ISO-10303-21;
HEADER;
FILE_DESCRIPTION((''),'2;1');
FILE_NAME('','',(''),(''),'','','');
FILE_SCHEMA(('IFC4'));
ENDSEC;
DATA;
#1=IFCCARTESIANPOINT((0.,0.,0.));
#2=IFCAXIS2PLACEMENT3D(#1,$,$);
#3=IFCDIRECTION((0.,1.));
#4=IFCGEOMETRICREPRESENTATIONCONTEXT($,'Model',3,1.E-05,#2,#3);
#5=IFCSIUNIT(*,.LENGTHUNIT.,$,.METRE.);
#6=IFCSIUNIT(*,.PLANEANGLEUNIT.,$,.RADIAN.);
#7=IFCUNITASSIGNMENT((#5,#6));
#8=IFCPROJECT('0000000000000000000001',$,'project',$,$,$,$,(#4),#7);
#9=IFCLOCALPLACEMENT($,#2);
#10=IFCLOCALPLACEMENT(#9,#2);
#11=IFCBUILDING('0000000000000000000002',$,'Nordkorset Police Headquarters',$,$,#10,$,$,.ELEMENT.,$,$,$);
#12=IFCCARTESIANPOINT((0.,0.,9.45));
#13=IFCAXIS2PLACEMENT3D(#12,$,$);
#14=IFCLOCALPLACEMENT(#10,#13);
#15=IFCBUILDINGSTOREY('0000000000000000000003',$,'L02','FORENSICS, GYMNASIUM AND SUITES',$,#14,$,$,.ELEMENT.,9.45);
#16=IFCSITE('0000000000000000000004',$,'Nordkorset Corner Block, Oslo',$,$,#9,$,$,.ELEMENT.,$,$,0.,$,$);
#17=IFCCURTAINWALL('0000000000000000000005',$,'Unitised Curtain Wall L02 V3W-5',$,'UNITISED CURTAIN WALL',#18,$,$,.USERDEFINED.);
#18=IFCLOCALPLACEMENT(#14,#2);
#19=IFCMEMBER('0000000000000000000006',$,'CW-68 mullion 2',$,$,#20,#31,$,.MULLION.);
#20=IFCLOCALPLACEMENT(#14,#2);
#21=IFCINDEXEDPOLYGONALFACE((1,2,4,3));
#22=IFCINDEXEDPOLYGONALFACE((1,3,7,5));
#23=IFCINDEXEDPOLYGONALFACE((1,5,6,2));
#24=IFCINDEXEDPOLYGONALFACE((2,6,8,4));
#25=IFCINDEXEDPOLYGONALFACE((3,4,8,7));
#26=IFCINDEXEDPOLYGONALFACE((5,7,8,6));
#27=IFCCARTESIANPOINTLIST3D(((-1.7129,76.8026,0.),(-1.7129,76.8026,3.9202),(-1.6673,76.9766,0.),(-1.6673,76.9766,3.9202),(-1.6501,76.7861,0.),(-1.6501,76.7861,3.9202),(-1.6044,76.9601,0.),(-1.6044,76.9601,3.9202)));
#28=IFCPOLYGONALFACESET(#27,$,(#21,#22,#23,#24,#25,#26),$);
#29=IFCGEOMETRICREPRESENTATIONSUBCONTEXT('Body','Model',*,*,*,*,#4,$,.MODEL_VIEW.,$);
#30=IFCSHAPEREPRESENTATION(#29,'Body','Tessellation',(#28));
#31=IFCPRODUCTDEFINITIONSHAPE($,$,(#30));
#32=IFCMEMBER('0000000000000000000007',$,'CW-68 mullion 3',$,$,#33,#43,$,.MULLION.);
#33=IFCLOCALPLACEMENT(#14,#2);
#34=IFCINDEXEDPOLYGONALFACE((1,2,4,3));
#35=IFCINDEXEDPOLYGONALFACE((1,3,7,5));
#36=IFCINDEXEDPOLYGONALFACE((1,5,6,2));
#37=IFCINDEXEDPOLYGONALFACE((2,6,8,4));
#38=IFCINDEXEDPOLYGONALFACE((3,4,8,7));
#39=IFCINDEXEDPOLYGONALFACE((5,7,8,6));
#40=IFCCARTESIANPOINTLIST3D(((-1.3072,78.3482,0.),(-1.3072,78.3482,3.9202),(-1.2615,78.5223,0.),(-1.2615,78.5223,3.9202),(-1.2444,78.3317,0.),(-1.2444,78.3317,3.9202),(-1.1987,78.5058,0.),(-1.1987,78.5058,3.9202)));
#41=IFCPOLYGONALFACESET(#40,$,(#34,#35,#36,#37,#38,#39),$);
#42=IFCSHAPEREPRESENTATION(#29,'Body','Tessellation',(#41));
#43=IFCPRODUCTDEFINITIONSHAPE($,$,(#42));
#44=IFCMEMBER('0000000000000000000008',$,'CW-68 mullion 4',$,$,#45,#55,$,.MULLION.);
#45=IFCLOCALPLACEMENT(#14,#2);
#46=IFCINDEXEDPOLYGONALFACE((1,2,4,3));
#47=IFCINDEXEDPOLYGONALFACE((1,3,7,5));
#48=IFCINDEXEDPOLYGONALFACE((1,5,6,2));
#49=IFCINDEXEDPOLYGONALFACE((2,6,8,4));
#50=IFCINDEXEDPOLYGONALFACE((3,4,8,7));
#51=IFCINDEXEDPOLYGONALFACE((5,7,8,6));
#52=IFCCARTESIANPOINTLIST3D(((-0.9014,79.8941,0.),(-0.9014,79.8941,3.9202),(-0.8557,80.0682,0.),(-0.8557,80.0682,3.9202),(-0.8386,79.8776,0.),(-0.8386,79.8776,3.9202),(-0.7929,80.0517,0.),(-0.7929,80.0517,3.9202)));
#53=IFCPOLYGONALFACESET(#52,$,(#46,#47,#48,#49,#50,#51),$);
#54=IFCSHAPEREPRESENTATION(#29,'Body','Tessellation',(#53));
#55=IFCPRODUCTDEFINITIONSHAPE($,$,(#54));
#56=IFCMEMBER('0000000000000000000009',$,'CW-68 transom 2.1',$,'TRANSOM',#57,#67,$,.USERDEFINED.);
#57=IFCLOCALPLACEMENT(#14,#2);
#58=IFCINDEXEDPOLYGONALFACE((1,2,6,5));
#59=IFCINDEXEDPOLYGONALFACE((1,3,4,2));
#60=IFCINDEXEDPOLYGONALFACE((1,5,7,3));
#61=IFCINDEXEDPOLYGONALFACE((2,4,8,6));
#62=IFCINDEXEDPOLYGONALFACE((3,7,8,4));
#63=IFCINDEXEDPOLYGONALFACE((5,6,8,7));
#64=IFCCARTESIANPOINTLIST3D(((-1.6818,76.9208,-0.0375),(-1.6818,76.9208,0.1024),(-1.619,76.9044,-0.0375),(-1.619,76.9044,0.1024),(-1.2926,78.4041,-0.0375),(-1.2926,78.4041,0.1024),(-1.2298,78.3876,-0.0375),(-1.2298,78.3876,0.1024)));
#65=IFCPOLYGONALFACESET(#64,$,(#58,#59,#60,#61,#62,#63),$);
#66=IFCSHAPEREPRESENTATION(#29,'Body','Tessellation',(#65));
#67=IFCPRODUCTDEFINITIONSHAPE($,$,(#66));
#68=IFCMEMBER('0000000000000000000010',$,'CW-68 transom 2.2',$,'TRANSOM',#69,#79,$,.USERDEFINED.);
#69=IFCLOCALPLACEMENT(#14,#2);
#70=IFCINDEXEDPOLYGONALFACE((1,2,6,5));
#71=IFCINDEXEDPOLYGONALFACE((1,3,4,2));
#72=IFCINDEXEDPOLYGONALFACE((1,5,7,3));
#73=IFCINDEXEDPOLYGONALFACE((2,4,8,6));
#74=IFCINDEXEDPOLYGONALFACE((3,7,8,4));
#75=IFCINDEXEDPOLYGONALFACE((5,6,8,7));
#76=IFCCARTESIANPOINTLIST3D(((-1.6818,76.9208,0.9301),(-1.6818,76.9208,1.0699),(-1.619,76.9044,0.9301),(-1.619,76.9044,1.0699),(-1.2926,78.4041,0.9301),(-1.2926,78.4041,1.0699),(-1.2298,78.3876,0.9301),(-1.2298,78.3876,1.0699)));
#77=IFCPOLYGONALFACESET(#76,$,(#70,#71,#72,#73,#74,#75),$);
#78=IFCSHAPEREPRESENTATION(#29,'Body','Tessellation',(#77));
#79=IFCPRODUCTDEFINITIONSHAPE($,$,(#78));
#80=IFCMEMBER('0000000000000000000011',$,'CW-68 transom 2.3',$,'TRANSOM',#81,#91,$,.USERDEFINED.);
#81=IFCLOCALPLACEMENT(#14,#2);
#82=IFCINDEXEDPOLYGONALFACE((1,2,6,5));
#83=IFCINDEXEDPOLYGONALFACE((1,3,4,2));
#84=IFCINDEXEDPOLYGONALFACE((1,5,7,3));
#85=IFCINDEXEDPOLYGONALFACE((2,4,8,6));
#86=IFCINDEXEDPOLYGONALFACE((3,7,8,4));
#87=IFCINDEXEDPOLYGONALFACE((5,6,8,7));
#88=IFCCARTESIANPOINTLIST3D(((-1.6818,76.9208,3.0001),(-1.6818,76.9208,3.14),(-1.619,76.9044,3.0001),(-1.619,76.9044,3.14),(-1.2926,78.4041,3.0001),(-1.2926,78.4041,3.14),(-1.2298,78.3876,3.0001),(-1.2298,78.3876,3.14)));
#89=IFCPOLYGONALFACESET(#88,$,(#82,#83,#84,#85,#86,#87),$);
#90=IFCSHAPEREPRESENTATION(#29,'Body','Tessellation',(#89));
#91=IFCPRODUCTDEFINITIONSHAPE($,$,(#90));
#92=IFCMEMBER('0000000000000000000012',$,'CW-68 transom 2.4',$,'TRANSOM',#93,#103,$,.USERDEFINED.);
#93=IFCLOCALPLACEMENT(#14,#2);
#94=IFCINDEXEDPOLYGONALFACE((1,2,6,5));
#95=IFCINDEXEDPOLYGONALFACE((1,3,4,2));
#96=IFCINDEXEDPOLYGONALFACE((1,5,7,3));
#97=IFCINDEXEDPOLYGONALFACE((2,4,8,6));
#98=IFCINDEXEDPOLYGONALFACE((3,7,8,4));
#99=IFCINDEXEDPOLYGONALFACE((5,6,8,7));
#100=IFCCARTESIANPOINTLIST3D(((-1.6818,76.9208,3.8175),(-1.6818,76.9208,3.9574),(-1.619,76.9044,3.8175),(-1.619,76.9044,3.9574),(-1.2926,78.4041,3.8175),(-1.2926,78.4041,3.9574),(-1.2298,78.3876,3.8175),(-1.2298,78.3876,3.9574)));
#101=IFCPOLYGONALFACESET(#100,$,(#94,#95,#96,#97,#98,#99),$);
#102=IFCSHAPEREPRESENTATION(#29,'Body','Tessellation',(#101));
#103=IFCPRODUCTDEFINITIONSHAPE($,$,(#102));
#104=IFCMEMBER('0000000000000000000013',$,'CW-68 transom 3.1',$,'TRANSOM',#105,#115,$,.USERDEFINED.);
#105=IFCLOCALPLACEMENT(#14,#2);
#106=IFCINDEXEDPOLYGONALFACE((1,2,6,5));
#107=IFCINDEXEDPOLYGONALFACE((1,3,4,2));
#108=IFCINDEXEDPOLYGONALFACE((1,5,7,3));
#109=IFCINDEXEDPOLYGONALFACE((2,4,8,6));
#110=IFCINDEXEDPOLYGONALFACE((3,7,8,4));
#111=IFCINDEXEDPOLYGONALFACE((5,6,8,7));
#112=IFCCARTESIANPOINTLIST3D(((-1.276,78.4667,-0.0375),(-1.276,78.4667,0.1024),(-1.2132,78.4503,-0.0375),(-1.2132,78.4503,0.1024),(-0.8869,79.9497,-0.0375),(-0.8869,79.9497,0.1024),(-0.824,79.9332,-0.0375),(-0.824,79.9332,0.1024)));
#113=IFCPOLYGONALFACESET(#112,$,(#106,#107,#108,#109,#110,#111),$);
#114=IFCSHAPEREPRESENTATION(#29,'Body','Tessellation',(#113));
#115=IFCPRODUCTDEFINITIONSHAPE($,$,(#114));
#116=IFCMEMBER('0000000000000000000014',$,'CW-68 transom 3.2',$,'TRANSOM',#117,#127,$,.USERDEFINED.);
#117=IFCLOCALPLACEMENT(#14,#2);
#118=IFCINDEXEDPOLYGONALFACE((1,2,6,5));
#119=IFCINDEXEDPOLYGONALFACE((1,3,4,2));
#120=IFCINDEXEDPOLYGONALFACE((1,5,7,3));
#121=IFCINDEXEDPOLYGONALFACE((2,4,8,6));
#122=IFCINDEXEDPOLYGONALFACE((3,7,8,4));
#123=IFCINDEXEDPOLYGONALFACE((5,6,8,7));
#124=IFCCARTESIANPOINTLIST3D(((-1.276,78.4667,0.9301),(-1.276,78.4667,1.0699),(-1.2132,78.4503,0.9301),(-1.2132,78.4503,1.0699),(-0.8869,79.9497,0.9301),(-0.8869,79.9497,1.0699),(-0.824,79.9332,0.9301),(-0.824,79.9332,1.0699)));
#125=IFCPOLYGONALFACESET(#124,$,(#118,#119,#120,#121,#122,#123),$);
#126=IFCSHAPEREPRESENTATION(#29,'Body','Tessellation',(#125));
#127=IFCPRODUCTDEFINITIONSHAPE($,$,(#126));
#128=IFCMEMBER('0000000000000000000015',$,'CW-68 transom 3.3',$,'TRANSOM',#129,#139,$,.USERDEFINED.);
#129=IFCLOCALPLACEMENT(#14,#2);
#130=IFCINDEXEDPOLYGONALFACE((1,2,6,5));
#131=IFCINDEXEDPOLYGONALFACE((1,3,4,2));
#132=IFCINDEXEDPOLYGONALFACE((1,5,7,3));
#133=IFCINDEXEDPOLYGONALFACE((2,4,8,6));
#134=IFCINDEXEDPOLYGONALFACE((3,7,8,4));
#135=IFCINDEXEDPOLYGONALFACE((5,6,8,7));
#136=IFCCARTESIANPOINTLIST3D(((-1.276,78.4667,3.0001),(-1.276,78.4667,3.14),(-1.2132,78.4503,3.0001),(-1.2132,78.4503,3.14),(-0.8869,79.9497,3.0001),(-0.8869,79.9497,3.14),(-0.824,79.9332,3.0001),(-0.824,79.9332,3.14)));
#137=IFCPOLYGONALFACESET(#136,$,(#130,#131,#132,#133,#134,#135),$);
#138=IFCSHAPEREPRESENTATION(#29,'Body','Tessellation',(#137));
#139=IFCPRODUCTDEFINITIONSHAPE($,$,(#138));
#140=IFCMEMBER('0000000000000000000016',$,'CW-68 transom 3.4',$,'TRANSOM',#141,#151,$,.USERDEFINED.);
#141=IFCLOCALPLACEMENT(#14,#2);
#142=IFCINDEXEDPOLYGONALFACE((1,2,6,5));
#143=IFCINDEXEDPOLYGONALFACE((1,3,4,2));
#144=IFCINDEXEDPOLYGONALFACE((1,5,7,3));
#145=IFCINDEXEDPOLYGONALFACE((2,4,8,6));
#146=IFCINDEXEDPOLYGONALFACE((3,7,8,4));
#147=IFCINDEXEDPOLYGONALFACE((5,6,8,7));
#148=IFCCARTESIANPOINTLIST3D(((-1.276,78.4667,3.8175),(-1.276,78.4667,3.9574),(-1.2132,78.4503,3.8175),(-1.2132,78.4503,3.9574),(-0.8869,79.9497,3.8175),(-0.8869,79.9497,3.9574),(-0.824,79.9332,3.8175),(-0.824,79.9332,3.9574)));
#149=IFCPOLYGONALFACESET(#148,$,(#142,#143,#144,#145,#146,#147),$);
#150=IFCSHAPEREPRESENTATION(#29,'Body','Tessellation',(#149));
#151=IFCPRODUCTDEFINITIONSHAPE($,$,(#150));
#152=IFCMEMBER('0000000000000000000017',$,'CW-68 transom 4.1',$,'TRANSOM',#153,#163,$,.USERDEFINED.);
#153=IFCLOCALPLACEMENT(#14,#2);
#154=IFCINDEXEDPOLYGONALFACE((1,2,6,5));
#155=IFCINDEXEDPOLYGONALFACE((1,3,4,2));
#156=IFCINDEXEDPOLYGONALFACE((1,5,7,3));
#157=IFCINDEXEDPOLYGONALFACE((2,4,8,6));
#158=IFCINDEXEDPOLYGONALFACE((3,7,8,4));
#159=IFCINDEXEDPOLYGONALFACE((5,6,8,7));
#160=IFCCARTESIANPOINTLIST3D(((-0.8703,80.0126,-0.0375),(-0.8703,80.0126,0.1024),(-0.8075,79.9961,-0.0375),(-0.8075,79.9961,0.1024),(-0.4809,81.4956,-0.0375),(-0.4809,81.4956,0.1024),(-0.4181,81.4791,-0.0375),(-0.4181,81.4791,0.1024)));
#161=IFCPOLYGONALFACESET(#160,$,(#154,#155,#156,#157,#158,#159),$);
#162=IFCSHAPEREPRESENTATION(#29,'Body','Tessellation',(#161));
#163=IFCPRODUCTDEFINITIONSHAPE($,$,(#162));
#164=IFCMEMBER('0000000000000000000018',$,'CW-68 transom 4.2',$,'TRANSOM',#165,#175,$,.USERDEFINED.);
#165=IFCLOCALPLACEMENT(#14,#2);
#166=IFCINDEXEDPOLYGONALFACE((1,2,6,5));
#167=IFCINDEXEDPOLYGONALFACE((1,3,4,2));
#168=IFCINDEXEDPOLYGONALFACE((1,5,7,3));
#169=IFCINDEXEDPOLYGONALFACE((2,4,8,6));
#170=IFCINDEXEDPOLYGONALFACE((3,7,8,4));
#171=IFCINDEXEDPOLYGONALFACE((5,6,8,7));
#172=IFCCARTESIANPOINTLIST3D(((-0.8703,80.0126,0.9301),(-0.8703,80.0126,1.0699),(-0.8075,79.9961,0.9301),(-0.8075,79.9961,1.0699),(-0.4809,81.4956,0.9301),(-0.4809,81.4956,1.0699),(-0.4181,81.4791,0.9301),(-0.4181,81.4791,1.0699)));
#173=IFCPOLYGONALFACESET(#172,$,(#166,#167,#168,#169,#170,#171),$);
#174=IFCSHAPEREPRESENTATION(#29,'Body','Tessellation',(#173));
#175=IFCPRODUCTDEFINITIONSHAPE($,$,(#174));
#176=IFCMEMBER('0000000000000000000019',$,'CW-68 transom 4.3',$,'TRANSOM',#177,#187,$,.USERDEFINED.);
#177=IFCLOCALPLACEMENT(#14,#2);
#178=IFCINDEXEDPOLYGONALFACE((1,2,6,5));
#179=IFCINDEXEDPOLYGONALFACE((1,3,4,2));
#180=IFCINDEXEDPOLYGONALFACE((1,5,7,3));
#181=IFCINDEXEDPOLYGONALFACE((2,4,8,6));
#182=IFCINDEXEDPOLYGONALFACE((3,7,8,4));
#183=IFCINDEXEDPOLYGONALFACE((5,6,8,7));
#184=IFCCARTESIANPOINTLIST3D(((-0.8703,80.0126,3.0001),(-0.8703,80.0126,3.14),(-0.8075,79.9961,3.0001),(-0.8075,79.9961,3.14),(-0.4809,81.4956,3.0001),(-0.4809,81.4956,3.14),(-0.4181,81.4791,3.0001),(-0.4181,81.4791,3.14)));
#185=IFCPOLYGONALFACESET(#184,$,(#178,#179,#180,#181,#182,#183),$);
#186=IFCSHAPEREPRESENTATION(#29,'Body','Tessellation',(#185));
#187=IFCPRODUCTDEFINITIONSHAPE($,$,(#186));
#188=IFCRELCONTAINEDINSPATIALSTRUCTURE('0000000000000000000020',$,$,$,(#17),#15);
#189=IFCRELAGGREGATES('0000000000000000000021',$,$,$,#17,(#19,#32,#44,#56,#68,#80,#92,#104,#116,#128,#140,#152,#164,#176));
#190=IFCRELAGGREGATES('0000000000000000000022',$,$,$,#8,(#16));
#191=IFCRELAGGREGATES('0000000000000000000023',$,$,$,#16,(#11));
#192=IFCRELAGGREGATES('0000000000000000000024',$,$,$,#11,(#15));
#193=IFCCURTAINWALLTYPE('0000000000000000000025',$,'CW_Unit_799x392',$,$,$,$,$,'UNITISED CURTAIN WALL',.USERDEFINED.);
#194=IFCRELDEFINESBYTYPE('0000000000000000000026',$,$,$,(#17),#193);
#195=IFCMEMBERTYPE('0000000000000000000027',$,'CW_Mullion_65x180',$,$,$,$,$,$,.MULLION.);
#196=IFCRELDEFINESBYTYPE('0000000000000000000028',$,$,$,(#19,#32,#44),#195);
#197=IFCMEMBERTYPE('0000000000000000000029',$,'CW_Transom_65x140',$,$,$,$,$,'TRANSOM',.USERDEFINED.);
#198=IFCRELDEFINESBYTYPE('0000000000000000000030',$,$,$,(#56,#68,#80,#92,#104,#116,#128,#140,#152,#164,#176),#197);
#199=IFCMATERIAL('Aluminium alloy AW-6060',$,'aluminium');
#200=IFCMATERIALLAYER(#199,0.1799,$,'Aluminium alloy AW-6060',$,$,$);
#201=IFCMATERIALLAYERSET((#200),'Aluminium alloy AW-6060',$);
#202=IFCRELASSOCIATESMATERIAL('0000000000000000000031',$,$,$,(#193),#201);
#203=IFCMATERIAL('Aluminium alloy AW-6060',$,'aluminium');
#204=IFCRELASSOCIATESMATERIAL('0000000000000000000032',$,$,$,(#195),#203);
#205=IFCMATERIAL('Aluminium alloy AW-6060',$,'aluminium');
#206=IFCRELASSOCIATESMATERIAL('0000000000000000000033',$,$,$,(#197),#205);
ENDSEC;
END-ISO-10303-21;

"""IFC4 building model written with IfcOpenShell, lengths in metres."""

from ifc_helpers import new_model, si_unit, direction, frame, origin, origin_2d, place, context, subcontext, project, spatial, rectangle, extrude, material, layer, layer_set, material_profile, profile_set, type_object, element, aggregate, save


model = new_model("IFC4")

# Units and contexts
model_context = context("Model", 3, precision=1e-05, world=origin(), true_north=direction((0.0, 1.0)))
body_context = subcontext(model_context, "Body", "Model", "MODEL_VIEW")
ifc_project = project(units=[si_unit("LENGTHUNIT", "METRE"), si_unit("PLANEANGLEUNIT", "RADIAN")], contexts=[model_context])

# Site, building, storey
site_placement = place(None, origin())
site = spatial("IfcSite", under=ifc_project, at=site_placement, Name="Nordkorset Corner Block, Oslo", CompositionType="ELEMENT", RefElevation=0.0)
building_placement = place(site_placement, origin())
building = spatial("IfcBuilding", under=site, at=building_placement, Name="Nordkorset Police Headquarters", CompositionType="ELEMENT")
storey_placement = place(building_placement, frame((0.0, 0.0, 9.45)))
storey = spatial("IfcBuildingStorey", under=building, at=storey_placement, Name="L02", Description="FORENSICS, GYMNASIUM AND SUITES", CompositionType="ELEMENT", Elevation=9.45)

# Curtain wall, members
ifc_material_1 = material(Name="Aluminium alloy AW-6060", Category="aluminium")
ifc_layer_1 = layer(ifc_material_1, 0.1799, Name="Aluminium alloy AW-6060")
ifc_layer_set_1 = layer_set([ifc_layer_1], Name="Aluminium alloy AW-6060")
curtain_wall_type = type_object("IfcCurtainWallType", Name="CW_Unit_799x392", ElementType="UNITISED CURTAIN WALL", PredefinedType="USERDEFINED", material=ifc_layer_set_1)
curtain_wall_placement = place(storey_placement, origin())
curtain_wall = element("IfcCurtainWall", 1, at=curtain_wall_placement, inside=storey, type_object=curtain_wall_type, Name="Unitised Curtain Wall L02 V3W-5", ObjectType="UNITISED CURTAIN WALL", PredefinedType="USERDEFINED")
ifc_material_2 = material(Name="Aluminium alloy AW-6060", Category="aluminium")
ifc_material_profile_1 = material_profile(ifc_material_2, rectangle(XDim=0.0649, YDim=0.1799, at=origin_2d()), Name="ALU MULL 65x180")
ifc_profile_set_1 = profile_set([ifc_material_profile_1], Name="Aluminium alloy AW-6060")
member_type_1 = type_object("IfcMemberType", Name="CW_Mullion_65x180", PredefinedType="MULLION", material=ifc_profile_set_1)
member_1_placement = place(storey_placement, frame((-1.6587, 76.8813, 0.0), z_axis=(0.0, 0.0, 1.0), x_axis=(-0.967231, 0.253897, 0.0)))
member_1 = element("IfcMember", 2, at=member_1_placement, type_object=member_type_1, Name="CW-68 mullion 2", PredefinedType="MULLION", context=body_context, shape_type="SweptSolid", body=[
    extrude(rectangle(XDim=0.0649, YDim=0.1799, at=origin_2d()), origin(), (0.0, 0.0, 1.0), 3.9202),
])
member_2_placement = place(storey_placement, frame((-1.2529, 78.427, 0.0), z_axis=(0.0, 0.0, 1.0), x_axis=(-0.967231, 0.253897, 0.0)))
member_2 = element("IfcMember", 3, at=member_2_placement, type_object=member_type_1, Name="CW-68 mullion 3", PredefinedType="MULLION", context=body_context, shape_type="SweptSolid", body=[
    extrude(rectangle(XDim=0.0649, YDim=0.1799, at=origin_2d()), origin(), (0.0, 0.0, 1.0), 3.9202),
])
member_3_placement = place(storey_placement, frame((-0.8472, 79.9729, 0.0), z_axis=(0.0, 0.0, 1.0), x_axis=(-0.967231, 0.253897, 0.0)))
member_3 = element("IfcMember", 4, at=member_3_placement, type_object=member_type_1, Name="CW-68 mullion 4", PredefinedType="MULLION", context=body_context, shape_type="SweptSolid", body=[
    extrude(rectangle(XDim=0.0649, YDim=0.1799, at=origin_2d()), origin(), (0.0, 0.0, 1.0), 3.9202),
])
ifc_material_3 = material(Name="Aluminium alloy AW-6060", Category="aluminium")
ifc_material_profile_2 = material_profile(ifc_material_3, rectangle(XDim=0.0649, YDim=0.1399, at=origin_2d()), Name="ALU TRAN 65x140")
ifc_profile_set_2 = profile_set([ifc_material_profile_2], Name="Aluminium alloy AW-6060")
member_type_2 = type_object("IfcMemberType", Name="CW_Transom_65x140", ElementType="TRANSOM", PredefinedType="USERDEFINED", material=ifc_profile_set_2)
member_4_placement = place(storey_placement, frame((-1.6504, 76.9126, 0.0325), z_axis=(0.253796, 0.967258, 0.0), x_axis=(-0.967258, 0.253796, 0.0)))
member_4 = element("IfcMember", 5, at=member_4_placement, type_object=member_type_2, Name="CW-68 transom 2.1", ObjectType="TRANSOM", PredefinedType="USERDEFINED", context=body_context, shape_type="SweptSolid", body=[
    extrude(rectangle(XDim=0.0649, YDim=0.1399, at=origin_2d()), origin(), (0.0, 0.0, 1.0), 1.5334),
])
member_5_placement = place(storey_placement, frame((-1.6504, 76.9126, 1.0), z_axis=(0.253796, 0.967258, 0.0), x_axis=(-0.967258, 0.253796, 0.0)))
member_5 = element("IfcMember", 6, at=member_5_placement, type_object=member_type_2, Name="CW-68 transom 2.2", ObjectType="TRANSOM", PredefinedType="USERDEFINED", context=body_context, shape_type="SweptSolid", body=[
    extrude(rectangle(XDim=0.0649, YDim=0.1399, at=origin_2d()), origin(), (0.0, 0.0, 1.0), 1.5334),
])
member_6_placement = place(storey_placement, frame((-1.6504, 76.9126, 3.0701), z_axis=(0.253796, 0.967258, 0.0), x_axis=(-0.967258, 0.253796, 0.0)))
member_6 = element("IfcMember", 7, at=member_6_placement, type_object=member_type_2, Name="CW-68 transom 2.3", ObjectType="TRANSOM", PredefinedType="USERDEFINED", context=body_context, shape_type="SweptSolid", body=[
    extrude(rectangle(XDim=0.0649, YDim=0.1399, at=origin_2d()), origin(), (0.0, 0.0, 1.0), 1.5334),
])
member_7_placement = place(storey_placement, frame((-1.6504, 76.9126, 3.8875), z_axis=(0.253796, 0.967258, 0.0), x_axis=(-0.967258, 0.253796, 0.0)))
member_7 = element("IfcMember", 8, at=member_7_placement, type_object=member_type_2, Name="CW-68 transom 2.4", ObjectType="TRANSOM", PredefinedType="USERDEFINED", context=body_context, shape_type="SweptSolid", body=[
    extrude(rectangle(XDim=0.0649, YDim=0.1399, at=origin_2d()), origin(), (0.0, 0.0, 1.0), 1.5334),
])
member_8_placement = place(storey_placement, frame((-1.2446, 78.4585, 0.0325), z_axis=(0.253835, 0.967248, 0.0), x_axis=(-0.967248, 0.253835, 0.0)))
member_8 = element("IfcMember", 9, at=member_8_placement, type_object=member_type_2, Name="CW-68 transom 3.1", ObjectType="TRANSOM", PredefinedType="USERDEFINED", context=body_context, shape_type="SweptSolid", body=[
    extrude(rectangle(XDim=0.0649, YDim=0.1399, at=origin_2d()), origin(), (0.0, 0.0, 1.0), 1.5332),
])
member_9_placement = place(storey_placement, frame((-1.2446, 78.4585, 1.0), z_axis=(0.253835, 0.967248, 0.0), x_axis=(-0.967248, 0.253835, 0.0)))
member_9 = element("IfcMember", 10, at=member_9_placement, type_object=member_type_2, Name="CW-68 transom 3.2", ObjectType="TRANSOM", PredefinedType="USERDEFINED", context=body_context, shape_type="SweptSolid", body=[
    extrude(rectangle(XDim=0.0649, YDim=0.1399, at=origin_2d()), origin(), (0.0, 0.0, 1.0), 1.5332),
])
member_10_placement = place(storey_placement, frame((-1.2446, 78.4585, 3.0701), z_axis=(0.253835, 0.967248, 0.0), x_axis=(-0.967248, 0.253835, 0.0)))
member_10 = element("IfcMember", 11, at=member_10_placement, type_object=member_type_2, Name="CW-68 transom 3.3", ObjectType="TRANSOM", PredefinedType="USERDEFINED", context=body_context, shape_type="SweptSolid", body=[
    extrude(rectangle(XDim=0.0649, YDim=0.1399, at=origin_2d()), origin(), (0.0, 0.0, 1.0), 1.5332),
])
member_11_placement = place(storey_placement, frame((-1.2446, 78.4585, 3.8875), z_axis=(0.253835, 0.967248, 0.0), x_axis=(-0.967248, 0.253835, 0.0)))
member_11 = element("IfcMember", 12, at=member_11_placement, type_object=member_type_2, Name="CW-68 transom 3.4", ObjectType="TRANSOM", PredefinedType="USERDEFINED", context=body_context, shape_type="SweptSolid", body=[
    extrude(rectangle(XDim=0.0649, YDim=0.1399, at=origin_2d()), origin(), (0.0, 0.0, 1.0), 1.5332),
])
member_12_placement = place(storey_placement, frame((-0.8389, 80.0044, 0.0325), z_axis=(0.253984, 0.967208, 0.0), x_axis=(-0.967208, 0.253984, 0.0)))
member_12 = element("IfcMember", 13, at=member_12_placement, type_object=member_type_2, Name="CW-68 transom 4.1", ObjectType="TRANSOM", PredefinedType="USERDEFINED", context=body_context, shape_type="SweptSolid", body=[
    extrude(rectangle(XDim=0.0649, YDim=0.1399, at=origin_2d()), origin(), (0.0, 0.0, 1.0), 1.5332),
])
member_13_placement = place(storey_placement, frame((-0.8389, 80.0044, 1.0), z_axis=(0.253984, 0.967208, 0.0), x_axis=(-0.967208, 0.253984, 0.0)))
member_13 = element("IfcMember", 14, at=member_13_placement, type_object=member_type_2, Name="CW-68 transom 4.2", ObjectType="TRANSOM", PredefinedType="USERDEFINED", context=body_context, shape_type="SweptSolid", body=[
    extrude(rectangle(XDim=0.0649, YDim=0.1399, at=origin_2d()), origin(), (0.0, 0.0, 1.0), 1.5332),
])
member_14_placement = place(storey_placement, frame((-0.8389, 80.0044, 3.0701), z_axis=(0.253984, 0.967208, 0.0), x_axis=(-0.967208, 0.253984, 0.0)))
member_14 = element("IfcMember", 15, at=member_14_placement, type_object=member_type_2, Name="CW-68 transom 4.3", ObjectType="TRANSOM", PredefinedType="USERDEFINED", context=body_context, shape_type="SweptSolid", body=[
    extrude(rectangle(XDim=0.0649, YDim=0.1399, at=origin_2d()), origin(), (0.0, 0.0, 1.0), 1.5332),
])
aggregate(curtain_wall, [member_1, member_2, member_3, member_4, member_5, member_6, member_7, member_8, member_9, member_10, member_11, member_12, member_13, member_14])

save(model, "model.ifc")
